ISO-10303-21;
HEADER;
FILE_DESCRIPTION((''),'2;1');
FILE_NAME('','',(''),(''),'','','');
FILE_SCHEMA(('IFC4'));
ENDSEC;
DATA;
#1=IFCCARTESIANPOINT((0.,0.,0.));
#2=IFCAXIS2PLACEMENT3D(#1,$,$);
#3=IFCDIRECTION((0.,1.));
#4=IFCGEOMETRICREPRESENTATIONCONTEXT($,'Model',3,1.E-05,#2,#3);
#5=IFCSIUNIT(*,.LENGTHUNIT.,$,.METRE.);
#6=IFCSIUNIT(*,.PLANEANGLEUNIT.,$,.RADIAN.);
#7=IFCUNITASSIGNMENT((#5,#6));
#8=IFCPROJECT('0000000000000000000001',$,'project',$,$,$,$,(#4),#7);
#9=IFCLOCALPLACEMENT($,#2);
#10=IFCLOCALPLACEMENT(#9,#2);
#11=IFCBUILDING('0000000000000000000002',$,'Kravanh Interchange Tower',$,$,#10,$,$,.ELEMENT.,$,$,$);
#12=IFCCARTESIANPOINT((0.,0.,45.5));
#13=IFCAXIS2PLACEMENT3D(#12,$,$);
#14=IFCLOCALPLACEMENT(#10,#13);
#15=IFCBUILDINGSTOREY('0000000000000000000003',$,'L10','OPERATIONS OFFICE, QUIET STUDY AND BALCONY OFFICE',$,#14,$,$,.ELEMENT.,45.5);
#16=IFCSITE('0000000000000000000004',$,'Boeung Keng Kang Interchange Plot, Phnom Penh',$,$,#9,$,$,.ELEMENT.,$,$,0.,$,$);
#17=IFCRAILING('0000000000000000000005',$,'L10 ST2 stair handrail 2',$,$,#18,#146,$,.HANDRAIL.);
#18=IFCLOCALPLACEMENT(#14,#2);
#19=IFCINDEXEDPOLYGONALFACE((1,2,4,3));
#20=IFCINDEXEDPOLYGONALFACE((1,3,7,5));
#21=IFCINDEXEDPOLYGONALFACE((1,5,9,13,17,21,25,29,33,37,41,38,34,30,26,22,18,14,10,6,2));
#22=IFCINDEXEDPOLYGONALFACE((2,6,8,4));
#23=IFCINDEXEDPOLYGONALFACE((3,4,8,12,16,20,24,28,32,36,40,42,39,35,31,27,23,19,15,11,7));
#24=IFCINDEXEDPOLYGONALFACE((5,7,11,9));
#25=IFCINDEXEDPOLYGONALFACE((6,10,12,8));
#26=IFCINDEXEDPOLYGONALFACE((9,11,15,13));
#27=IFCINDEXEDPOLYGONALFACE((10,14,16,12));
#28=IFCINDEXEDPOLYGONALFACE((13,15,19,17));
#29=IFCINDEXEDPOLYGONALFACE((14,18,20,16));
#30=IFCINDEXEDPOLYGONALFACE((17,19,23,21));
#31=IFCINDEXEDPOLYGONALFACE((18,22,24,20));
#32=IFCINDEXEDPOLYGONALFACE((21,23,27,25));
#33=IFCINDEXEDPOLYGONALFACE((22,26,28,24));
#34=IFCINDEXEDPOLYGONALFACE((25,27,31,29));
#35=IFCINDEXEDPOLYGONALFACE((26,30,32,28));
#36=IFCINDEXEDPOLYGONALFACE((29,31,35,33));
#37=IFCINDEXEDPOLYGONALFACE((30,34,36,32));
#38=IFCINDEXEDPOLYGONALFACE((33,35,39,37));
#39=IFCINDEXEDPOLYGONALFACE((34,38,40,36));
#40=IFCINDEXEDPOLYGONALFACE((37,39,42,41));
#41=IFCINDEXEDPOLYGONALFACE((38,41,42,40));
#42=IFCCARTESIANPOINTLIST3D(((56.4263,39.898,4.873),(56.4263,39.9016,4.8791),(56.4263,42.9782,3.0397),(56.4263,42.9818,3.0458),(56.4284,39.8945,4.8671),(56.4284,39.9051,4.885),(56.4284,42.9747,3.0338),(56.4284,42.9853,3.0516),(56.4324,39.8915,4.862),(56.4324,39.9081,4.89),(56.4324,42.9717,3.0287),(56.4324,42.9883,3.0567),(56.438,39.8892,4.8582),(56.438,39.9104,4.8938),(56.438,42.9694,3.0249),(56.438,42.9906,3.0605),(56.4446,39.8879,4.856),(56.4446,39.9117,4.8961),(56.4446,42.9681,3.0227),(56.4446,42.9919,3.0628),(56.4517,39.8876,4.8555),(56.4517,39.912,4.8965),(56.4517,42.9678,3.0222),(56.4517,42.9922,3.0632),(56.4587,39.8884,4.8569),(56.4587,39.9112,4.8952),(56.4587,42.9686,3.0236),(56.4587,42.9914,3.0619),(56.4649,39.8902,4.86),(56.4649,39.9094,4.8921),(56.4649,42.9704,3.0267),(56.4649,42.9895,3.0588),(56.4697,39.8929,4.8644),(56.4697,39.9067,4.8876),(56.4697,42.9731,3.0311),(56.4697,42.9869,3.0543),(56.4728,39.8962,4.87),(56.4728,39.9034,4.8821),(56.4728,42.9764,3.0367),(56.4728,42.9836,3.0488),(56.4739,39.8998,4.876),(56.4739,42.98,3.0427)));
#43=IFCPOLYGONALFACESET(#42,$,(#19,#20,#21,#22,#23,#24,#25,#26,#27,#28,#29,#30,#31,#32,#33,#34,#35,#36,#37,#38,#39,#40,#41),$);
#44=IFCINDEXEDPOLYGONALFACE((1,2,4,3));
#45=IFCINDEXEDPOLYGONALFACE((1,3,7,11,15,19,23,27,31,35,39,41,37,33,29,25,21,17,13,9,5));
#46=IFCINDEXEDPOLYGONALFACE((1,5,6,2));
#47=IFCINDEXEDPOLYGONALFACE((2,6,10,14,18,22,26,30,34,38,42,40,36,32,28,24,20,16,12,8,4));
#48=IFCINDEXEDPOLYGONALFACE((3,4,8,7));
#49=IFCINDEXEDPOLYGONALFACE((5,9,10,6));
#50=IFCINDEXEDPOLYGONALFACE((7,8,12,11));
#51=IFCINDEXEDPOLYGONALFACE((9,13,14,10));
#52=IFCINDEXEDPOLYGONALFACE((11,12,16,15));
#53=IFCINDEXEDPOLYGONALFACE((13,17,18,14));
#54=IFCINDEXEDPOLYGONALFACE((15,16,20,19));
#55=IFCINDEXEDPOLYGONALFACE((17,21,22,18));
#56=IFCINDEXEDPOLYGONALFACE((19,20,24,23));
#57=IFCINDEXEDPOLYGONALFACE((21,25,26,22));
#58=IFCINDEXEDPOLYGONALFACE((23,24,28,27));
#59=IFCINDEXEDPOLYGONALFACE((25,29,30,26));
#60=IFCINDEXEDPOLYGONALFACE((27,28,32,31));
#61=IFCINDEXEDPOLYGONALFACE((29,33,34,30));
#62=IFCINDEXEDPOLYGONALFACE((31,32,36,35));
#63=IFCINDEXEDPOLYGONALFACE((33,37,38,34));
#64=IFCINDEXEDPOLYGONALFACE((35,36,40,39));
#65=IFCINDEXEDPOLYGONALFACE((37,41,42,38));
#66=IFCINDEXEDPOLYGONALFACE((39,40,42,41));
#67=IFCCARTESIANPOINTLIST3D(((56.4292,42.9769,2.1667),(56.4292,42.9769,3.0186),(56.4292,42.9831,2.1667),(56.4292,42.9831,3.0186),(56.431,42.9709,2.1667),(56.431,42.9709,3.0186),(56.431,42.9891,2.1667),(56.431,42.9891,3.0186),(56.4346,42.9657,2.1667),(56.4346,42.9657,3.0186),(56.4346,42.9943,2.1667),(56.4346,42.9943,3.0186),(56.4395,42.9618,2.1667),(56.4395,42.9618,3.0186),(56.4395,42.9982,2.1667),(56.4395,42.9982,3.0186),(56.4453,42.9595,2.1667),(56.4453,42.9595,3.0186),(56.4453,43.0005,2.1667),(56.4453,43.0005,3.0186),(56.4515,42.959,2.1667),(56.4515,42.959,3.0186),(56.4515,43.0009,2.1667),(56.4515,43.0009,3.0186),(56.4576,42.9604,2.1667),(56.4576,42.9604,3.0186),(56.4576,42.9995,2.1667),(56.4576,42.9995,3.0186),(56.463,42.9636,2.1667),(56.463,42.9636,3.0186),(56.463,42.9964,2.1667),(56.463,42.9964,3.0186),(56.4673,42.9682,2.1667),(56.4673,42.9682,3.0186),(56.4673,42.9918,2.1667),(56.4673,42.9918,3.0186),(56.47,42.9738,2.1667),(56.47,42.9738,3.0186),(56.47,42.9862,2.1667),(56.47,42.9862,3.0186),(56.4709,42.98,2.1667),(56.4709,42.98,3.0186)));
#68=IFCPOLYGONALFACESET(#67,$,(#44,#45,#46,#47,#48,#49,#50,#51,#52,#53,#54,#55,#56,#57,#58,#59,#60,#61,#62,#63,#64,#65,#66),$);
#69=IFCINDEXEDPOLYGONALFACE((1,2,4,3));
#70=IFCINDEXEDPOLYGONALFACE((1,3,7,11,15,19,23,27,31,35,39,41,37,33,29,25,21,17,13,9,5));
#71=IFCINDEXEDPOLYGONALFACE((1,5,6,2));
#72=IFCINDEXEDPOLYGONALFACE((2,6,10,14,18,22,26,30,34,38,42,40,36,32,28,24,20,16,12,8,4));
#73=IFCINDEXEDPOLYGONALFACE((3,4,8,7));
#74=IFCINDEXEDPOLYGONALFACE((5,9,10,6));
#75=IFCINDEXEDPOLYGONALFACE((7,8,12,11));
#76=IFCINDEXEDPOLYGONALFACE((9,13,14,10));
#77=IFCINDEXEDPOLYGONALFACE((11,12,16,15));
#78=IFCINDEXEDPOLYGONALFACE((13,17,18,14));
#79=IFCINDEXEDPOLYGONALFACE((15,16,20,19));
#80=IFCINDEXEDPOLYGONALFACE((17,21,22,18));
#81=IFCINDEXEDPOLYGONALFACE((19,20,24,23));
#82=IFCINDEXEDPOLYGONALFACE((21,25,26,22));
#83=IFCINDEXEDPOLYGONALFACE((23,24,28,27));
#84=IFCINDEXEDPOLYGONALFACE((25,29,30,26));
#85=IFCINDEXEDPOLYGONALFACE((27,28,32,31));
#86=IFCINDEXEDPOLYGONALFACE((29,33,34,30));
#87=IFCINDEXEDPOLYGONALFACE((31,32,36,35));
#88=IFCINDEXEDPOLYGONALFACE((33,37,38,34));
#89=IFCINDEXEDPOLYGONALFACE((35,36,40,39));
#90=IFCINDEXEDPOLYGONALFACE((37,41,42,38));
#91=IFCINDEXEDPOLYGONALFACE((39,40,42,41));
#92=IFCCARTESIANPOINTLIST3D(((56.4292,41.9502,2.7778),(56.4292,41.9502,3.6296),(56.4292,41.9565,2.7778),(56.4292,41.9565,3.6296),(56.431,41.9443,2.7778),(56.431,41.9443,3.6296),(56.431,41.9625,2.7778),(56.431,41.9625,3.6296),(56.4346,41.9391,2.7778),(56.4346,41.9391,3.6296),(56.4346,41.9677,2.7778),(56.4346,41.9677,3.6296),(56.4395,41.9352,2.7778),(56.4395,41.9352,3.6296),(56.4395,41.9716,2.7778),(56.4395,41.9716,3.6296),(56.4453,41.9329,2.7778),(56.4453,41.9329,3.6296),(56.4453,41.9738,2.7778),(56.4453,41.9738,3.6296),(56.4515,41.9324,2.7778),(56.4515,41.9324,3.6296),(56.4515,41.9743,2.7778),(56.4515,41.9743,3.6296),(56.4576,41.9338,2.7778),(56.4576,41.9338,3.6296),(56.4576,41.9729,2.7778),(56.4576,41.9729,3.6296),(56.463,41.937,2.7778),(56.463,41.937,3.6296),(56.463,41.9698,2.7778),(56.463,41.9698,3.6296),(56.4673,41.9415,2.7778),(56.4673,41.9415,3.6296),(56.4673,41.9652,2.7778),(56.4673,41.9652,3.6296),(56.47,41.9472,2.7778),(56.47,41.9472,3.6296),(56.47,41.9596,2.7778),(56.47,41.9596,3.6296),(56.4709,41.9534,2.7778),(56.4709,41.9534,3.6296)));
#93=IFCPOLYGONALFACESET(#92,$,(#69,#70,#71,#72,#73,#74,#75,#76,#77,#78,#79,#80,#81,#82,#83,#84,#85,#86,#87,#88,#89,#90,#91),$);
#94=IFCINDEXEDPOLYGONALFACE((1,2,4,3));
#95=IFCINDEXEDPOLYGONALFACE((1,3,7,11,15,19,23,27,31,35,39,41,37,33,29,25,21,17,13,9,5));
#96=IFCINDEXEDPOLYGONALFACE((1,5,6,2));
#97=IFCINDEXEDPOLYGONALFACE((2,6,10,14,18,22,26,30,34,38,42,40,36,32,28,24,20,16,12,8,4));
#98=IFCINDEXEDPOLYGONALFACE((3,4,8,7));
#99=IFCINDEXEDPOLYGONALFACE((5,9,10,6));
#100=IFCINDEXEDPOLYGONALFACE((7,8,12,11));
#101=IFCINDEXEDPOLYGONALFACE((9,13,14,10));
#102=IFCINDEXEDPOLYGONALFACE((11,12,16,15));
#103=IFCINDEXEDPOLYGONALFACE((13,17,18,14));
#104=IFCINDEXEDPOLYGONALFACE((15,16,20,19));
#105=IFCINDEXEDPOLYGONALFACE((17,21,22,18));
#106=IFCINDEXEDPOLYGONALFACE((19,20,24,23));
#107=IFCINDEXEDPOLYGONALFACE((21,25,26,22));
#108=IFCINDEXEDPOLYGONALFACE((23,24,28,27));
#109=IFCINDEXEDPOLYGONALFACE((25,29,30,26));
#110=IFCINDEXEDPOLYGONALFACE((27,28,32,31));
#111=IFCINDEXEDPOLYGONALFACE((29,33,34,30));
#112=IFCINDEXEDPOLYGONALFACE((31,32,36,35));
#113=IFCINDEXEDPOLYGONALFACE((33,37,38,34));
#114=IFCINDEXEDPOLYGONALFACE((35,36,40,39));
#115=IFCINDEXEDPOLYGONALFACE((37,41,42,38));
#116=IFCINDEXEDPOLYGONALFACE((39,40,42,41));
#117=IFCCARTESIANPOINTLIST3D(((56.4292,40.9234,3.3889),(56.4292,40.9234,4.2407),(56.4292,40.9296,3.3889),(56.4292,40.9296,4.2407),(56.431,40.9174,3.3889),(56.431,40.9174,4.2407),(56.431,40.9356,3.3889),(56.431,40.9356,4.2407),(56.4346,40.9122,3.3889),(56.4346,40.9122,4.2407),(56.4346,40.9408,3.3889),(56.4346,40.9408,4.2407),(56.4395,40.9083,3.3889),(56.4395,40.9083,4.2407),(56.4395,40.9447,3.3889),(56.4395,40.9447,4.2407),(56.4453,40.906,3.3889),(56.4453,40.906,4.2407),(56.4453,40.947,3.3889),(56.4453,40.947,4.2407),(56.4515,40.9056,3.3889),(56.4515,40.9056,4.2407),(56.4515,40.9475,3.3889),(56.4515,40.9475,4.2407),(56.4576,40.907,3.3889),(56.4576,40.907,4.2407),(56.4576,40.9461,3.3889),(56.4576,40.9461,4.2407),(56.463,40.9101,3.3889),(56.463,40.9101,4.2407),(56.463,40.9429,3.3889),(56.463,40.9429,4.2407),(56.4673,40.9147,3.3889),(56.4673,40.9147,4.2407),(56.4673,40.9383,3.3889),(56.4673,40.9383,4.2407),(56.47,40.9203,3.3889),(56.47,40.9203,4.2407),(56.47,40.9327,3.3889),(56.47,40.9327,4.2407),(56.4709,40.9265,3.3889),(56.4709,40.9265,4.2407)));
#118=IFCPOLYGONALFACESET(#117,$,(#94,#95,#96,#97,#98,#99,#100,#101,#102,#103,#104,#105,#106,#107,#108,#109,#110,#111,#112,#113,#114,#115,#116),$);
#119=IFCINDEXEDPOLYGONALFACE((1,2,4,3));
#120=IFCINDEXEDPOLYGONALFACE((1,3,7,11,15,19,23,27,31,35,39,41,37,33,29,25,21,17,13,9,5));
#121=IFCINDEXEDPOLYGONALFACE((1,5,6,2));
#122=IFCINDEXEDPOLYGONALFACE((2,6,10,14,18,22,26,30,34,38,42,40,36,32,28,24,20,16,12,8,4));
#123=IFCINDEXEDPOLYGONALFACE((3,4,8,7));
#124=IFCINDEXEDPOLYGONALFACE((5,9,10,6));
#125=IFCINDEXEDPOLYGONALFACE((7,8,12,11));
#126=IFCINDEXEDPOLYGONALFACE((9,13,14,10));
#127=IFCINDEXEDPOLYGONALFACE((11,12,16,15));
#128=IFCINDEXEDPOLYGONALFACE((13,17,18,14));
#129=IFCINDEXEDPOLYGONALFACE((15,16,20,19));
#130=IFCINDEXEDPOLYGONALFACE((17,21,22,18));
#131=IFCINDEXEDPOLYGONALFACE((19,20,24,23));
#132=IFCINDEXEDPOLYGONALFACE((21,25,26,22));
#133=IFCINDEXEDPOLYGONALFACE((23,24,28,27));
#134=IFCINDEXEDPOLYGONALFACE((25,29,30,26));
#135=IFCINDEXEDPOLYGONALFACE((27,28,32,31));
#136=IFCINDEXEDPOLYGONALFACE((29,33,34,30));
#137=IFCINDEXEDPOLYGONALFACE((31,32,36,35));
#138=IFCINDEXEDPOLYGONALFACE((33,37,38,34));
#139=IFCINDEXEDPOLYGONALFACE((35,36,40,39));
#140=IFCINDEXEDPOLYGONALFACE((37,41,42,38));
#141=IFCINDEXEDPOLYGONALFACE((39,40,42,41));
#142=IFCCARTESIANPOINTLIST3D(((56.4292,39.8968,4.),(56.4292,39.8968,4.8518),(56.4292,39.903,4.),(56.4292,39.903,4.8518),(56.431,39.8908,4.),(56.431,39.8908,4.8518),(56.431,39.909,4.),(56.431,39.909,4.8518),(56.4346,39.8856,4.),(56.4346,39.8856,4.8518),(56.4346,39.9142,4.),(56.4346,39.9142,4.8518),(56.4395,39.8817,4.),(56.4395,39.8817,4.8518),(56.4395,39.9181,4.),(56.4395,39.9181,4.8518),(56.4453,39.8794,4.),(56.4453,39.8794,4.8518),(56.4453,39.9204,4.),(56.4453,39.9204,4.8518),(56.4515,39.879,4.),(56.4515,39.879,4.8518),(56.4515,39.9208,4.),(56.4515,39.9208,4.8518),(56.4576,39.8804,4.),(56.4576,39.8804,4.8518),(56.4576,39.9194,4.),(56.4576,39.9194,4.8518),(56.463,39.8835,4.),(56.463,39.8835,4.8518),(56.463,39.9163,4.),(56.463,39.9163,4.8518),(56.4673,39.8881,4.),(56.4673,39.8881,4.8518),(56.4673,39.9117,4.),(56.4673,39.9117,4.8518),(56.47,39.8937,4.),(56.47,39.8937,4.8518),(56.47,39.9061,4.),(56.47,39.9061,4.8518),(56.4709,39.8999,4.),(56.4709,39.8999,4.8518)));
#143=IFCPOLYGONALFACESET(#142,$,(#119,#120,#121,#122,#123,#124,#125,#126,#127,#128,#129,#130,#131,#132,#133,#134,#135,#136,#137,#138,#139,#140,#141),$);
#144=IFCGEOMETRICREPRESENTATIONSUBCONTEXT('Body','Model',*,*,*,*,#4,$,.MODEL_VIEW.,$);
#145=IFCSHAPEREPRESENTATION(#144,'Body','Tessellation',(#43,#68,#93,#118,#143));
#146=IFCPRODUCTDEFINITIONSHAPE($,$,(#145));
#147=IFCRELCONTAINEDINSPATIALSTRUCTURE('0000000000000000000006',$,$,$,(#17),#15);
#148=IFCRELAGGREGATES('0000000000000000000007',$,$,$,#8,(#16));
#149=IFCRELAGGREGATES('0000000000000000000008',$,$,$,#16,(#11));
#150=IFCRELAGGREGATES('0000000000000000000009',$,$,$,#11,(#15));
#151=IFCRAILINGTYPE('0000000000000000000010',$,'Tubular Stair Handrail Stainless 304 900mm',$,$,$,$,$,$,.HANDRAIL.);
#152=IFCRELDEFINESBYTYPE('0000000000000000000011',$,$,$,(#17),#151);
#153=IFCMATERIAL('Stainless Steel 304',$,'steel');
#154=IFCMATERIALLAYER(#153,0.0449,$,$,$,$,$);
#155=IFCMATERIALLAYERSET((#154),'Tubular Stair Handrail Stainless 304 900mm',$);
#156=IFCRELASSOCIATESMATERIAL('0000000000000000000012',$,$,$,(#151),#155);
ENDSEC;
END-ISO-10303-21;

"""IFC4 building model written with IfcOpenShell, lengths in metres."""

from ifc_helpers import new_model, si_unit, direction, frame, origin, origin_2d, place, context, subcontext, project, spatial, circle, extrude, material, layer, layer_set, type_object, element, save


model = new_model("IFC4")

# Units and contexts
model_context = context("Model", 3, precision=1e-05, world=origin(), true_north=direction((0.0, 1.0)))
body_context = subcontext(model_context, "Body", "Model", "MODEL_VIEW")
ifc_project = project(units=[si_unit("LENGTHUNIT", "METRE"), si_unit("PLANEANGLEUNIT", "RADIAN")], contexts=[model_context])

# Site, building, storey
site_placement = place(None, origin())
site = spatial("IfcSite", under=ifc_project, at=site_placement, Name="Boeung Keng Kang Interchange Plot, Phnom Penh", CompositionType="ELEMENT", RefElevation=0.0)
building_placement = place(site_placement, origin())
building = spatial("IfcBuilding", under=site, at=building_placement, Name="Kravanh Interchange Tower", CompositionType="ELEMENT")
storey_placement = place(building_placement, frame((0.0, 0.0, 45.5)))
storey = spatial("IfcBuildingStorey", under=building, at=storey_placement, Name="L10", Description="OPERATIONS OFFICE, QUIET STUDY AND BALCONY OFFICE", CompositionType="ELEMENT", Elevation=45.5)

# Railing
ifc_material_1 = material(Name="Stainless Steel 304", Category="steel")
ifc_layer_1 = layer(ifc_material_1, 0.0449)
ifc_layer_set_1 = layer_set([ifc_layer_1], Name="Tubular Stair Handrail Stainless 304 900mm")
railing_type_1 = type_object("IfcRailingType", Name="Tubular Stair Handrail Stainless 304 900mm", PredefinedType="HANDRAIL", material=ifc_layer_set_1)
railing_1_placement = place(storey_placement, frame((56.45, 42.98, 2.1667)))
element("IfcRailing", 1, at=railing_1_placement, inside=storey, type_object=railing_type_1, Name="L10 ST2 stair handrail 2", PredefinedType="HANDRAIL", context=body_context, shape_type="SweptSolid", body=[
    extrude(circle(Radius=0.0239, at=origin_2d()), frame((0.0, 0.0, 0.876), z_axis=(0.0, -0.859309, 0.511458), x_axis=(1.0, 0.0, 0.0)), (0.0, 0.0, 1.0), 3.5845),
    extrude(circle(Radius=0.021, at=origin_2d()), origin(), (0.0, 0.0, 1.0), 0.8518),
    extrude(circle(Radius=0.021, at=origin_2d()), frame((0.0, -1.0266, 0.6111)), (0.0, 0.0, 1.0), 0.8518),
    extrude(circle(Radius=0.021, at=origin_2d()), frame((0.0, -2.0535, 1.2222)), (0.0, 0.0, 1.0), 0.8518),
    extrude(circle(Radius=0.021, at=origin_2d()), frame((0.0, -3.0801, 1.8333)), (0.0, 0.0, 1.0), 0.8518),
])

save(model, "model.ifc")
